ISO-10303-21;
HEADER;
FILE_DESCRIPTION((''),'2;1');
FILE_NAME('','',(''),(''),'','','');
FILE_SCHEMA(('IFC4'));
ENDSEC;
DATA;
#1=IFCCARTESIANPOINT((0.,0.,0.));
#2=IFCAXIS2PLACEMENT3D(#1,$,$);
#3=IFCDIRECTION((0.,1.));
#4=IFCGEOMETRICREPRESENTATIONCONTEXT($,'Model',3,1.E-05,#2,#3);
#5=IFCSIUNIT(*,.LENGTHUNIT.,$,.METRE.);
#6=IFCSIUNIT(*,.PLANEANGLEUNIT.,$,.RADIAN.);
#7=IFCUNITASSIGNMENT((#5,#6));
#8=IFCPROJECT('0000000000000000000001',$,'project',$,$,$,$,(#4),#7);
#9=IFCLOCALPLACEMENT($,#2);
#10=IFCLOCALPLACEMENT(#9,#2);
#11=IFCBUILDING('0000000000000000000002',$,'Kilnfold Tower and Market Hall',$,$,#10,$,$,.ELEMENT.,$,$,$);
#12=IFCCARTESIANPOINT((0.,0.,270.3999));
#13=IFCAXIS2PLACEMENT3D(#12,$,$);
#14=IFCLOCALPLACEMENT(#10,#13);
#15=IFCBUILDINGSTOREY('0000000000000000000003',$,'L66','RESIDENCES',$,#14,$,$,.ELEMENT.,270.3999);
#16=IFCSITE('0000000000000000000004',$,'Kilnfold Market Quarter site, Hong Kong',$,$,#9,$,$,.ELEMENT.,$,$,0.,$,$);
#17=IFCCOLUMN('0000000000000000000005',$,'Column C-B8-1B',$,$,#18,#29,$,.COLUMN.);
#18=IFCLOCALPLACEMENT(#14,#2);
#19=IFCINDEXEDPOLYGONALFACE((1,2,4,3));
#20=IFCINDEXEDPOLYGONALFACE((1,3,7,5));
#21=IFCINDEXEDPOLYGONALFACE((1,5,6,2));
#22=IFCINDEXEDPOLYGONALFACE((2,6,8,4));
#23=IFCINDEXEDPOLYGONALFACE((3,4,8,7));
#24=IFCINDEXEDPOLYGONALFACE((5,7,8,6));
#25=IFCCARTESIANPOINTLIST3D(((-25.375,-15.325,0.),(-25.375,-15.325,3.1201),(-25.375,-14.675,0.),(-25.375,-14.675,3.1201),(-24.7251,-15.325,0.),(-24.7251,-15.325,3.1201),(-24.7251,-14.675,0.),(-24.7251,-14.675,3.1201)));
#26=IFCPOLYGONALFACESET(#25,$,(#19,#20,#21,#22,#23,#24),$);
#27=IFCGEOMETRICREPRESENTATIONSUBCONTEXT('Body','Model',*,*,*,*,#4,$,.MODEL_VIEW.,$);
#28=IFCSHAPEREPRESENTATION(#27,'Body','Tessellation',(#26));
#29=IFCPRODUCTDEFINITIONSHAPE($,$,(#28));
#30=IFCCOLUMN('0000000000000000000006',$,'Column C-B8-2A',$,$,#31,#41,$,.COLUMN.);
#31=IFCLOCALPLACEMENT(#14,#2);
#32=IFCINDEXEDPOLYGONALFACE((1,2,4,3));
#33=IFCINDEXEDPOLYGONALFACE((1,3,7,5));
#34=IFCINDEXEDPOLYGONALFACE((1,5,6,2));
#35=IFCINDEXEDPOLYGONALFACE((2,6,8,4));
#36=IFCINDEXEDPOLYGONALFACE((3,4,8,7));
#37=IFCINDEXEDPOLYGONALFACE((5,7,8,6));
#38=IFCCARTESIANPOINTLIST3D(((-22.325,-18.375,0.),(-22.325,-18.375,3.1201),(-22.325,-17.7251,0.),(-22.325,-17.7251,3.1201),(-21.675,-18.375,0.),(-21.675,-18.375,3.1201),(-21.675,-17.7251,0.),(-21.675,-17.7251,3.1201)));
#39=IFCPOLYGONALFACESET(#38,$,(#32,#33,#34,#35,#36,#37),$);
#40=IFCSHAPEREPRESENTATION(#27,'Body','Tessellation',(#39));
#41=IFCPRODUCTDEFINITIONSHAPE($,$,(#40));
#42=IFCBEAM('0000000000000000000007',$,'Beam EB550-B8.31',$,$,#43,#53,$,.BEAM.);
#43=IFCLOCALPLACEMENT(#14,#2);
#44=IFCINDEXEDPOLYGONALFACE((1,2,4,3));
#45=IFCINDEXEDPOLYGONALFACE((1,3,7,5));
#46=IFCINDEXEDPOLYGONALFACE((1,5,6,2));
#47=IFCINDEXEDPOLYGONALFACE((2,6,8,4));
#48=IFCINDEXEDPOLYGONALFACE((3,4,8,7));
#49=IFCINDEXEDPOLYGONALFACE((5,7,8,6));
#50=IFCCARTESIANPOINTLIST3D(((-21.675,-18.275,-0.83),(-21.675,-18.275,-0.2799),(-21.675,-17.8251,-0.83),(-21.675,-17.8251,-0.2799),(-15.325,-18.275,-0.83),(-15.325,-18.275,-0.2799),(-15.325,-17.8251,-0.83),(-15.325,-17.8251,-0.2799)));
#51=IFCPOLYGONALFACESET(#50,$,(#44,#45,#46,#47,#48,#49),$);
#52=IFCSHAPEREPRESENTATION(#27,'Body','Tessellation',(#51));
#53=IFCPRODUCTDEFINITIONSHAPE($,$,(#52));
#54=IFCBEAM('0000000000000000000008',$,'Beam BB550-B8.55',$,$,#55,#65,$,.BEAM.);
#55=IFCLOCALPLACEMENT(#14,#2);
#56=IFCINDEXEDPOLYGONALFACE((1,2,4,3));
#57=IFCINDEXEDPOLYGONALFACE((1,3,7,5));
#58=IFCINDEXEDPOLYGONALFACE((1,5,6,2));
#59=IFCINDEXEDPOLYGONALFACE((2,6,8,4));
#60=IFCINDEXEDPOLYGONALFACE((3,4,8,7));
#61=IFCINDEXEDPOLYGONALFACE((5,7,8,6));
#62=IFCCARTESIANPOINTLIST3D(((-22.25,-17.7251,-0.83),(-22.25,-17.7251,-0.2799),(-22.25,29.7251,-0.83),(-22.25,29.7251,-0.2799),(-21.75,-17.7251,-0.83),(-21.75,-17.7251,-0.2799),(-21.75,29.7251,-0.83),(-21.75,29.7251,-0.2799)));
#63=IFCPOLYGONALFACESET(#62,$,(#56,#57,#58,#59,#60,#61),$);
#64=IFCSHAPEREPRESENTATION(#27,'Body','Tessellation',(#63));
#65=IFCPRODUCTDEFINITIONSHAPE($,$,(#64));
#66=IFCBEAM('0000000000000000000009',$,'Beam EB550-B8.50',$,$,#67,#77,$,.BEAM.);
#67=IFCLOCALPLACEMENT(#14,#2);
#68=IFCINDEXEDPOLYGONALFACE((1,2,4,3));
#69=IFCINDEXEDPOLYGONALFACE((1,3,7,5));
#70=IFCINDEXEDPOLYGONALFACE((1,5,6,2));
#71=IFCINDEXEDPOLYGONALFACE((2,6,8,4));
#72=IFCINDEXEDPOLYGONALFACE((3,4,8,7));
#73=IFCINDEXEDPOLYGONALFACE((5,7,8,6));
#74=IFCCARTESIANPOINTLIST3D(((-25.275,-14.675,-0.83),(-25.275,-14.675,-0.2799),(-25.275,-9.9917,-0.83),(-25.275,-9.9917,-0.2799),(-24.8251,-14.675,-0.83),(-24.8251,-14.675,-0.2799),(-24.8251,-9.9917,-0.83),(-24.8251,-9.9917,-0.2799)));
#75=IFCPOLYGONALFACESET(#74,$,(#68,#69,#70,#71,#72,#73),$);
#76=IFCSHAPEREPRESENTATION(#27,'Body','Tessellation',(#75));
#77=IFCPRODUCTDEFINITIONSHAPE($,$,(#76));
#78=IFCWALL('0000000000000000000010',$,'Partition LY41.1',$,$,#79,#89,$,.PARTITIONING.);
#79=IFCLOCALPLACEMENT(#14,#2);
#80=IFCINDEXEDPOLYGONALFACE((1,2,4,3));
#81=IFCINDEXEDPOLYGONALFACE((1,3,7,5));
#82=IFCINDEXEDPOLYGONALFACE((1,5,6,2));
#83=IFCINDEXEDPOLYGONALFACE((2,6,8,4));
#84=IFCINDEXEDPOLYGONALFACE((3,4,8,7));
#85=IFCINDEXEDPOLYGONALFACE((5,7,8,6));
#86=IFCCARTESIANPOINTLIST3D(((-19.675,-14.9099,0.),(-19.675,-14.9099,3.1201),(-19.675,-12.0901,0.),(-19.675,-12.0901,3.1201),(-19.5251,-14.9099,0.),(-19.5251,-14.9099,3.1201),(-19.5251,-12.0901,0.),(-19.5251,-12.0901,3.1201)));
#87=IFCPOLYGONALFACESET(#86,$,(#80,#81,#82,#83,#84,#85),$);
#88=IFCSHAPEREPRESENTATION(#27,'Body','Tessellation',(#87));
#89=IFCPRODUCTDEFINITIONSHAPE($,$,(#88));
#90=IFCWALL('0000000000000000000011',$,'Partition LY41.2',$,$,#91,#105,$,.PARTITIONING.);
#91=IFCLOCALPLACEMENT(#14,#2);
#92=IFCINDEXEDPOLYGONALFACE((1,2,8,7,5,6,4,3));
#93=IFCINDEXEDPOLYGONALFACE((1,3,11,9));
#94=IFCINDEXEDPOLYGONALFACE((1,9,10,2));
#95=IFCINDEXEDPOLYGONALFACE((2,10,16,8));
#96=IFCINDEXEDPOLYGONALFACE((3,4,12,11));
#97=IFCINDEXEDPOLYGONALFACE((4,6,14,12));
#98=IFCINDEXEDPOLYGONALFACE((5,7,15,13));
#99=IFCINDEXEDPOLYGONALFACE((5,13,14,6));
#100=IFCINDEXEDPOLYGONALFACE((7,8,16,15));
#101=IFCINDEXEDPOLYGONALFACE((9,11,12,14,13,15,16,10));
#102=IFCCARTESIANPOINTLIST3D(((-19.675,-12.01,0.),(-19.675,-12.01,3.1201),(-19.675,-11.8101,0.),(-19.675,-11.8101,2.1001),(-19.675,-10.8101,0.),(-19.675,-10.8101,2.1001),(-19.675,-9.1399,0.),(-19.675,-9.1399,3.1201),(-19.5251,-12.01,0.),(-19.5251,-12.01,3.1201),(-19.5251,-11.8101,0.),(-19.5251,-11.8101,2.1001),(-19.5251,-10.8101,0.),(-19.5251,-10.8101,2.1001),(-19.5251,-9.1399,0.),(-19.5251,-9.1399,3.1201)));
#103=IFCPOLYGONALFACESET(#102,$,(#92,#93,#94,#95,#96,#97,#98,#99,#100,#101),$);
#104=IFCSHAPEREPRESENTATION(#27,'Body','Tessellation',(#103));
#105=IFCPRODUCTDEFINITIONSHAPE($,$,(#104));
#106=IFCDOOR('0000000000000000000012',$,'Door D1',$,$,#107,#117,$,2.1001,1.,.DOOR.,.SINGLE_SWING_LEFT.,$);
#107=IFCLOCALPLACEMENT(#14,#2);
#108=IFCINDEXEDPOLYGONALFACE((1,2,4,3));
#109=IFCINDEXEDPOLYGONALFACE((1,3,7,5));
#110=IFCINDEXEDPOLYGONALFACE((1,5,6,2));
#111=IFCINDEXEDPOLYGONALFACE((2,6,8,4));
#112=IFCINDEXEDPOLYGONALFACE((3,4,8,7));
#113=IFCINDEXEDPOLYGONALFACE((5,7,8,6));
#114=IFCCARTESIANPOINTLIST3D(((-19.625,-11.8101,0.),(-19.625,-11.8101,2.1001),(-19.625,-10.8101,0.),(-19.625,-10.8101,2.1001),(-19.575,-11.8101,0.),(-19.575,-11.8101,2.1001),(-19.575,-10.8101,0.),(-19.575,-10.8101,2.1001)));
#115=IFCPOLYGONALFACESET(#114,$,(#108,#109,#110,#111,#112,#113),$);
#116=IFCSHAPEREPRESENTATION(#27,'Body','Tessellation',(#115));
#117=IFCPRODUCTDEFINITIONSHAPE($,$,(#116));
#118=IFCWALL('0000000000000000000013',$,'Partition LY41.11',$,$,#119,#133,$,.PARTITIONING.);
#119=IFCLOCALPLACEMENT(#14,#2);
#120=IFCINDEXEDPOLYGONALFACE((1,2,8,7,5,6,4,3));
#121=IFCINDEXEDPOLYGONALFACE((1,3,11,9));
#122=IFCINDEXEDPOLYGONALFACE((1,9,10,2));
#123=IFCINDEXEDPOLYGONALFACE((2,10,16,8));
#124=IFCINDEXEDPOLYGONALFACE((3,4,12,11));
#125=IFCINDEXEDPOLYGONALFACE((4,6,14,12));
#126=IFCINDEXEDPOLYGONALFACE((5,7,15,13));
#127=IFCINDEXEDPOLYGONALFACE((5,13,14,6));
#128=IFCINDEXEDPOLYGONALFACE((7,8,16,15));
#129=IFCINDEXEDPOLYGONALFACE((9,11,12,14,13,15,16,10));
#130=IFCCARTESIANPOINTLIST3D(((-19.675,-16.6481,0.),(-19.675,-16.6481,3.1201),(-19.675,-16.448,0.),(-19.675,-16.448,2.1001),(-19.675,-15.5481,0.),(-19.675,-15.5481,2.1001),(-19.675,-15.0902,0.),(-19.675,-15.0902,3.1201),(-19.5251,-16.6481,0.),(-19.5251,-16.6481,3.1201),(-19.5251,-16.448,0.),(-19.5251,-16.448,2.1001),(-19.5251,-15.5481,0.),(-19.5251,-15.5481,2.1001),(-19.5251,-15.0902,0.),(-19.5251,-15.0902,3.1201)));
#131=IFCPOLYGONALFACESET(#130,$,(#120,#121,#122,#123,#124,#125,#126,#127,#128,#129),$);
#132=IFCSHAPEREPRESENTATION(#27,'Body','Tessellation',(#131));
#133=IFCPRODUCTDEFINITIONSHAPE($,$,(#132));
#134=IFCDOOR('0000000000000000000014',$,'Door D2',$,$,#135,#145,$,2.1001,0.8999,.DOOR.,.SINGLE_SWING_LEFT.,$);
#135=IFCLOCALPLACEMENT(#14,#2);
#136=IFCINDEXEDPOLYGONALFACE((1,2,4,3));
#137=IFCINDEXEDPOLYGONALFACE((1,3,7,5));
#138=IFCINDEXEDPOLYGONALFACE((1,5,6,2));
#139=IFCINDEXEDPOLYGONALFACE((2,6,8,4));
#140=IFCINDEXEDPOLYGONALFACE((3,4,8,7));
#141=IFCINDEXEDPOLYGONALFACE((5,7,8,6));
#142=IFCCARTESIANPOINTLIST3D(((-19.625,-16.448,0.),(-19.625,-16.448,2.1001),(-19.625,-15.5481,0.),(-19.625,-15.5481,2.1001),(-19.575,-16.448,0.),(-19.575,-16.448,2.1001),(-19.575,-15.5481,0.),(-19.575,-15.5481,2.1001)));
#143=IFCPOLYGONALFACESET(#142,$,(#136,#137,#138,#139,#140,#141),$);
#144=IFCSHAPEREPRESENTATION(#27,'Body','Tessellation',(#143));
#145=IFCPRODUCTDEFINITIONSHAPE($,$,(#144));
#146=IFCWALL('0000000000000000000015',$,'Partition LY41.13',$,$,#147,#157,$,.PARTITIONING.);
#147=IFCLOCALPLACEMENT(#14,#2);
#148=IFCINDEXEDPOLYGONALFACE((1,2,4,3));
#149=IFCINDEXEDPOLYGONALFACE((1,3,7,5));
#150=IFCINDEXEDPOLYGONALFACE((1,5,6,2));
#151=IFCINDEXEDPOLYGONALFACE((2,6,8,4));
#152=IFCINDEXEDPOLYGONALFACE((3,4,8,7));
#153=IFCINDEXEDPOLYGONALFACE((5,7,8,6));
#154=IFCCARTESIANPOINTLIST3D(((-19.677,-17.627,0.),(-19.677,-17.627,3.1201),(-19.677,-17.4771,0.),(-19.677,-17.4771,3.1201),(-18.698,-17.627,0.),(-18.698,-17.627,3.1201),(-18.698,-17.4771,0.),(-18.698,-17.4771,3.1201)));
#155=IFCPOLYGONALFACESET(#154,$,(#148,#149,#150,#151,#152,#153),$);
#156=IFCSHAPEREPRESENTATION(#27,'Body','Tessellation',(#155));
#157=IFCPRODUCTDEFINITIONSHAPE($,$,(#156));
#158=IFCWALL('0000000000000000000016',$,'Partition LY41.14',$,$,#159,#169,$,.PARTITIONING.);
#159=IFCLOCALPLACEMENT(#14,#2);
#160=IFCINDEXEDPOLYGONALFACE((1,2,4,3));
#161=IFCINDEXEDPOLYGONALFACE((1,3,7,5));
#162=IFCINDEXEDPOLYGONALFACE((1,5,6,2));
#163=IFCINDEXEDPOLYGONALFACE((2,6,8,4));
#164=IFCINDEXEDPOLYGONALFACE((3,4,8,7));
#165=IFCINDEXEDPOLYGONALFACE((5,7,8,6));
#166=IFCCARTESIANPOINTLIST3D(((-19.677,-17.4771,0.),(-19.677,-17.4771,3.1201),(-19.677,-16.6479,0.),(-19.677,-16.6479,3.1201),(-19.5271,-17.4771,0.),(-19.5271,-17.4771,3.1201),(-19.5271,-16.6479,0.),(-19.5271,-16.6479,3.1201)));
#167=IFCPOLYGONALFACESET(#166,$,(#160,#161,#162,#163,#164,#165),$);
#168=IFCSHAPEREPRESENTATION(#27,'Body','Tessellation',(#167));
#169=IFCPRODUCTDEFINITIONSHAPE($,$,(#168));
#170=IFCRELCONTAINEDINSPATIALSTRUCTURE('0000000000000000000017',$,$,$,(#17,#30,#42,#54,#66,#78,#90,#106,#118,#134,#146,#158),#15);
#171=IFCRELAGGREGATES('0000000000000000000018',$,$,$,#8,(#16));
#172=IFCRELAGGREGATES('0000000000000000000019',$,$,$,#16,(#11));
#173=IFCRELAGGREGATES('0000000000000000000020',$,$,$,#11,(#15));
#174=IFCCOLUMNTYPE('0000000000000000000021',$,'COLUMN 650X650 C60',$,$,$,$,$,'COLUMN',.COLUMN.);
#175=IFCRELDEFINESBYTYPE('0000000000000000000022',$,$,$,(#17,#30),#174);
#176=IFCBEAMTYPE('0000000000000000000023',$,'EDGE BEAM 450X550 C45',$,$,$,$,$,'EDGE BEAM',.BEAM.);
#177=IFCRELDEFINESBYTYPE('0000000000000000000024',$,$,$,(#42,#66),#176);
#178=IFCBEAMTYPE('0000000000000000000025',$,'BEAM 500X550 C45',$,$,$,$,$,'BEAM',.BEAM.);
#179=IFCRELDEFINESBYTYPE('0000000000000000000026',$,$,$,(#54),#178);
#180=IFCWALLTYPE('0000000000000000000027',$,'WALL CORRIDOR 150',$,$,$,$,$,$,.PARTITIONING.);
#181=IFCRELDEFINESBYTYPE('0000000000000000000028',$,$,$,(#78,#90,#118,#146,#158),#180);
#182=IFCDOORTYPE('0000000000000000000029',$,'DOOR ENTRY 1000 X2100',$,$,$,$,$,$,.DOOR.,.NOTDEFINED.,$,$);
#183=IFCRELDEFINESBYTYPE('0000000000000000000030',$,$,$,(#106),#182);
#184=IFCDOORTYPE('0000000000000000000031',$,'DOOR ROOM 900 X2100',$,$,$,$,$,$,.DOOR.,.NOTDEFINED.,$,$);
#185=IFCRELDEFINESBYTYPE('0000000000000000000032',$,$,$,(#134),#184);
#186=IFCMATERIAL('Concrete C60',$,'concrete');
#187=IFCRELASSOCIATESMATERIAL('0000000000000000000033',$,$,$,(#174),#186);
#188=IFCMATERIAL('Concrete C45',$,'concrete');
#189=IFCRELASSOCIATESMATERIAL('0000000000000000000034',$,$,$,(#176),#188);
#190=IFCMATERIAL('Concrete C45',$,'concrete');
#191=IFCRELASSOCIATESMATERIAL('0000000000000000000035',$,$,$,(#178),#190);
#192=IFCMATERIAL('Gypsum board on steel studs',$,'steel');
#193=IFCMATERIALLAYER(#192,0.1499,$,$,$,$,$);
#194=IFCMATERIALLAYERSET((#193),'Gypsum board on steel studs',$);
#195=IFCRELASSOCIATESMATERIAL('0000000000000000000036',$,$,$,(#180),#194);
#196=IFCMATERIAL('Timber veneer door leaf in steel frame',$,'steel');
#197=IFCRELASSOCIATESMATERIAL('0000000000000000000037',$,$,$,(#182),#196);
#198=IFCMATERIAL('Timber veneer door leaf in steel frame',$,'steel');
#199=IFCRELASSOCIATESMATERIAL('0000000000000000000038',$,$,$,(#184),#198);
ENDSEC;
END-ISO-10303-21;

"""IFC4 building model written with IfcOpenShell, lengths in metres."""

from ifc_helpers import new_model, si_unit, direction, frame, frame_2d, origin, origin_2d, place, context, subcontext, project, spatial, rectangle, extrude, source, transform, mapped, material, layer, layer_set, material_profile, profile_set, type_object, element, fill, save


model = new_model("IFC4")

# Units and contexts
model_context = context("Model", 3, precision=1e-05, world=origin(), true_north=direction((0.0, 1.0)))
body_context = subcontext(model_context, "Body", "Model", "MODEL_VIEW")
ifc_project = project(units=[si_unit("LENGTHUNIT", "METRE"), si_unit("PLANEANGLEUNIT", "RADIAN")], contexts=[model_context])

# Site, building, storey
site_placement = place(None, origin())
site = spatial("IfcSite", under=ifc_project, at=site_placement, Name="Kilnfold Market Quarter site, Hong Kong", CompositionType="ELEMENT", RefElevation=0.0)
building_placement = place(site_placement, origin())
building = spatial("IfcBuilding", under=site, at=building_placement, Name="Kilnfold Tower and Market Hall", CompositionType="ELEMENT")
storey_placement = place(building_placement, frame((0.0, 0.0, 270.3999)))
storey = spatial("IfcBuildingStorey", under=building, at=storey_placement, Name="L66", Description="RESIDENCES", CompositionType="ELEMENT", Elevation=270.3999)

# Columns
ifc_material_1 = material(Name="Concrete C60", Category="concrete")
ifc_material_profile_1 = material_profile(ifc_material_1, rectangle(XDim=0.6499, YDim=0.6499, at=origin_2d()), Name="RC 650x650")
ifc_profile_set_1 = profile_set([ifc_material_profile_1], Name="Concrete C60")
column_type = type_object("IfcColumnType", Name="COLUMN 650X650 C60", ElementType="COLUMN", PredefinedType="COLUMN", material=ifc_profile_set_1)
shared_shape_1 = source(origin(), body_context, "Body", "SweptSolid", [
    extrude(rectangle(XDim=0.6499, YDim=0.6499, at=origin_2d()), origin(), (0.0, 0.0, 1.0), 3.1201),
])
for number, where, z_axis, x_axis, name in (
    (1, (-25.05, -15.0, 0.0), (0.0, 0.0, 1.0), (1.0, 0.0, 0.0), "Column C-B8-1B"),
    (2, (-22.0, -18.05, 0.0), (0.0, 0.0, 1.0), (1.0, 0.0, 0.0), "Column C-B8-2A"),
):
    element("IfcColumn", number, at=place(storey_placement, frame(where, z_axis=z_axis, x_axis=x_axis)), inside=storey, type_object=column_type, Name=name, PredefinedType="COLUMN", context=body_context, shape_type="MappedRepresentation", body=[
        mapped(shared_shape_1, transform((0.0, 0.0, 0.0))),
    ])

# Beams
ifc_material_2 = material(Name="Concrete C45", Category="concrete")
ifc_material_profile_2 = material_profile(ifc_material_2, rectangle(XDim=0.45, YDim=0.55, at=origin_2d()), Name="RC 450x550")
ifc_profile_set_2 = profile_set([ifc_material_profile_2], Name="Concrete C45")
beam_type_1 = type_object("IfcBeamType", Name="EDGE BEAM 450X550 C45", ElementType="EDGE BEAM", PredefinedType="BEAM", material=ifc_profile_set_2)
shared_shape_2 = source(origin(), body_context, "Body", "SweptSolid", [
    extrude(rectangle(XDim=0.45, YDim=0.55, at=origin_2d()), origin(), (0.0, 0.0, 1.0), 6.3501),
])
beam_1_placement = place(storey_placement, frame((-21.675, -18.05, -0.5549), z_axis=(1.0, 0.0, 0.0), x_axis=(0.0, 1.0, 0.0)))
element("IfcBeam", 3, at=beam_1_placement, inside=storey, type_object=beam_type_1, Name="Beam EB550-B8.31", PredefinedType="BEAM", context=body_context, shape_type="MappedRepresentation", body=[
    mapped(shared_shape_2, transform((0.0, 0.0, 0.0))),
])
ifc_material_3 = material(Name="Concrete C45", Category="concrete")
ifc_material_profile_3 = material_profile(ifc_material_3, rectangle(XDim=0.5, YDim=0.55, at=origin_2d()), Name="RC 500x550")
ifc_profile_set_3 = profile_set([ifc_material_profile_3], Name="Concrete C45")
beam_type_2 = type_object("IfcBeamType", Name="BEAM 500X550 C45", ElementType="BEAM", PredefinedType="BEAM", material=ifc_profile_set_3)
shared_shape_3 = source(origin(), body_context, "Body", "SweptSolid", [
    extrude(rectangle(XDim=0.5, YDim=0.55, at=origin_2d()), origin(), (0.0, 0.0, 1.0), 47.4502),
])
beam_2_placement = place(storey_placement, frame((-22.0, -17.7251, -0.5549), z_axis=(0.0, 1.0, 0.0), x_axis=(-1.0, 0.0, 0.0)))
element("IfcBeam", 4, at=beam_2_placement, inside=storey, type_object=beam_type_2, Name="Beam BB550-B8.55", PredefinedType="BEAM", context=body_context, shape_type="MappedRepresentation", body=[
    mapped(shared_shape_3, transform((0.0, 0.0, 0.0))),
])
shared_shape_4 = source(origin(), body_context, "Body", "SweptSolid", [
    extrude(rectangle(XDim=0.45, YDim=0.55, at=origin_2d()), origin(), (0.0, 0.0, 1.0), 4.6833),
])
beam_3_placement = place(storey_placement, frame((-25.05, -14.675, -0.5549), z_axis=(0.0, 1.0, 0.0), x_axis=(-1.0, 0.0, 0.0)))
element("IfcBeam", 5, at=beam_3_placement, inside=storey, type_object=beam_type_1, Name="Beam EB550-B8.50", PredefinedType="BEAM", context=body_context, shape_type="MappedRepresentation", body=[
    mapped(shared_shape_4, transform((0.0, 0.0, 0.0))),
])

# Wall
ifc_material_4 = material(Name="Gypsum board on steel studs", Category="steel")
ifc_layer_1 = layer(ifc_material_4, 0.1499)
ifc_layer_set_1 = layer_set([ifc_layer_1], Name="Gypsum board on steel studs")
wall_type_1 = type_object("IfcWallType", Name="WALL CORRIDOR 150", PredefinedType="PARTITIONING", material=ifc_layer_set_1)
wall_1_placement = place(storey_placement, frame((-19.6001, -14.9099, 0.0), z_axis=(0.0, 0.0, 1.0), x_axis=(0.0, 1.0, 0.0)))
element("IfcWall", 6, at=wall_1_placement, inside=storey, type_object=wall_type_1, Name="Partition LY41.1", PredefinedType="PARTITIONING", context=body_context, shape_type="SweptSolid", body=[
    extrude(rectangle(XDim=2.8198, YDim=0.1499, at=frame_2d((1.4099, 0.0))), origin(), (0.0, 0.0, 1.0), 3.1201),
])

# Walls, openings, doors
wall_2_placement = place(storey_placement, frame((-19.6001, -12.01, 0.0), z_axis=(0.0, 0.0, 1.0), x_axis=(0.0, 1.0, 0.0)))
wall_2 = element("IfcWall", 7, at=wall_2_placement, inside=storey, type_object=wall_type_1, Name="Partition LY41.2", PredefinedType="PARTITIONING", context=body_context, shape_type="SweptSolid", body=[
    extrude(rectangle(XDim=2.8701, YDim=0.1499, at=frame_2d((1.4351, 0.0))), origin(), (0.0, 0.0, 1.0), 3.1201),
])
opening_1_placement = place(wall_2_placement, frame((0.2, 0.0, 0.0)))
opening_1 = element("IfcOpeningElement", 8, at=opening_1_placement, cuts=wall_2, PredefinedType="OPENING", context=body_context, shape_type="SweptSolid", body=[
    extrude(rectangle(XDim=1.0, YDim=2.1001, at=frame_2d((0.5, 1.05))), frame((0.0, 0.085, 0.0), z_axis=(0.0, -1.0, 0.0), x_axis=(1.0, 0.0, 0.0)), (0.0, 0.0, 1.0), 0.1699),
])
ifc_material_5 = material(Name="Timber veneer door leaf in steel frame", Category="steel")
door_type_1 = type_object("IfcDoorType", Name="DOOR ENTRY 1000 X2100", OperationType="NOTDEFINED", PredefinedType="DOOR", material=ifc_material_5)
door_1_placement = place(opening_1_placement, origin())
door_1 = element("IfcDoor", 9, at=door_1_placement, inside=storey, type_object=door_type_1, Name="Door D1", OperationType="SINGLE_SWING_LEFT", OverallHeight=2.1001, OverallWidth=1.0, PredefinedType="DOOR", context=body_context, shape_type="SweptSolid", body=[
    extrude(rectangle(XDim=1.0, YDim=2.1001, at=frame_2d((0.5, 1.05))), frame((0.0, 0.0249, 0.0), z_axis=(0.0, -1.0, 0.0), x_axis=(1.0, 0.0, 0.0)), (0.0, 0.0, 1.0), 0.05),
])
fill(opening_1, door_1)
wall_3_placement = place(storey_placement, frame((-19.6001, -16.6479, 0.0), z_axis=(0.0, 0.0, 1.0), x_axis=(0.0, 1.0, 0.0)))
wall_3 = element("IfcWall", 10, at=wall_3_placement, inside=storey, type_object=wall_type_1, Name="Partition LY41.11", PredefinedType="PARTITIONING", context=body_context, shape_type="SweptSolid", body=[
    extrude(rectangle(XDim=1.5579, YDim=0.1499, at=frame_2d((0.7788, 0.0))), origin(), (0.0, 0.0, 1.0), 3.1201),
])
opening_2_placement = place(wall_3_placement, frame((0.2, 0.0, 0.0)))
opening_2 = element("IfcOpeningElement", 11, at=opening_2_placement, cuts=wall_3, PredefinedType="OPENING", context=body_context, shape_type="SweptSolid", body=[
    extrude(rectangle(XDim=0.8999, YDim=2.1001, at=frame_2d((0.45, 1.05))), frame((0.0, 0.085, 0.0), z_axis=(0.0, -1.0, 0.0), x_axis=(1.0, 0.0, 0.0)), (0.0, 0.0, 1.0), 0.1699),
])
ifc_material_6 = material(Name="Timber veneer door leaf in steel frame", Category="steel")
door_type_2 = type_object("IfcDoorType", Name="DOOR ROOM 900 X2100", OperationType="NOTDEFINED", PredefinedType="DOOR", material=ifc_material_6)
door_2_placement = place(opening_2_placement, origin())
door_2 = element("IfcDoor", 12, at=door_2_placement, inside=storey, type_object=door_type_2, Name="Door D2", OperationType="SINGLE_SWING_LEFT", OverallHeight=2.1001, OverallWidth=0.8999, PredefinedType="DOOR", context=body_context, shape_type="SweptSolid", body=[
    extrude(rectangle(XDim=0.8999, YDim=2.1001, at=frame_2d((0.45, 1.05))), frame((0.0, 0.0249, 0.0), z_axis=(0.0, -1.0, 0.0), x_axis=(1.0, 0.0, 0.0)), (0.0, 0.0, 1.0), 0.05),
])
fill(opening_2, door_2)

# Walls
wall_4_placement = place(storey_placement, frame((-19.677, -17.552, 0.0), z_axis=(0.0, 0.0, 1.0), x_axis=(1.0, 0.0, 0.0)))
element("IfcWall", 13, at=wall_4_placement, inside=storey, type_object=wall_type_1, Name="Partition LY41.13", PredefinedType="PARTITIONING", context=body_context, shape_type="SweptSolid", body=[
    extrude(rectangle(XDim=0.979, YDim=0.1499, at=frame_2d((0.4895, 0.0))), origin(), (0.0, 0.0, 1.0), 3.1201),
])
wall_5_placement = place(storey_placement, frame((-19.6021, -17.4771, 0.0), z_axis=(0.0, 0.0, 1.0), x_axis=(0.0, 1.0, 0.0)))
element("IfcWall", 14, at=wall_5_placement, inside=storey, type_object=wall_type_1, Name="Partition LY41.14", PredefinedType="PARTITIONING", context=body_context, shape_type="SweptSolid", body=[
    extrude(rectangle(XDim=0.8291, YDim=0.1499, at=frame_2d((0.4146, 0.0))), origin(), (0.0, 0.0, 1.0), 3.1201),
])

save(model, "model.ifc")
